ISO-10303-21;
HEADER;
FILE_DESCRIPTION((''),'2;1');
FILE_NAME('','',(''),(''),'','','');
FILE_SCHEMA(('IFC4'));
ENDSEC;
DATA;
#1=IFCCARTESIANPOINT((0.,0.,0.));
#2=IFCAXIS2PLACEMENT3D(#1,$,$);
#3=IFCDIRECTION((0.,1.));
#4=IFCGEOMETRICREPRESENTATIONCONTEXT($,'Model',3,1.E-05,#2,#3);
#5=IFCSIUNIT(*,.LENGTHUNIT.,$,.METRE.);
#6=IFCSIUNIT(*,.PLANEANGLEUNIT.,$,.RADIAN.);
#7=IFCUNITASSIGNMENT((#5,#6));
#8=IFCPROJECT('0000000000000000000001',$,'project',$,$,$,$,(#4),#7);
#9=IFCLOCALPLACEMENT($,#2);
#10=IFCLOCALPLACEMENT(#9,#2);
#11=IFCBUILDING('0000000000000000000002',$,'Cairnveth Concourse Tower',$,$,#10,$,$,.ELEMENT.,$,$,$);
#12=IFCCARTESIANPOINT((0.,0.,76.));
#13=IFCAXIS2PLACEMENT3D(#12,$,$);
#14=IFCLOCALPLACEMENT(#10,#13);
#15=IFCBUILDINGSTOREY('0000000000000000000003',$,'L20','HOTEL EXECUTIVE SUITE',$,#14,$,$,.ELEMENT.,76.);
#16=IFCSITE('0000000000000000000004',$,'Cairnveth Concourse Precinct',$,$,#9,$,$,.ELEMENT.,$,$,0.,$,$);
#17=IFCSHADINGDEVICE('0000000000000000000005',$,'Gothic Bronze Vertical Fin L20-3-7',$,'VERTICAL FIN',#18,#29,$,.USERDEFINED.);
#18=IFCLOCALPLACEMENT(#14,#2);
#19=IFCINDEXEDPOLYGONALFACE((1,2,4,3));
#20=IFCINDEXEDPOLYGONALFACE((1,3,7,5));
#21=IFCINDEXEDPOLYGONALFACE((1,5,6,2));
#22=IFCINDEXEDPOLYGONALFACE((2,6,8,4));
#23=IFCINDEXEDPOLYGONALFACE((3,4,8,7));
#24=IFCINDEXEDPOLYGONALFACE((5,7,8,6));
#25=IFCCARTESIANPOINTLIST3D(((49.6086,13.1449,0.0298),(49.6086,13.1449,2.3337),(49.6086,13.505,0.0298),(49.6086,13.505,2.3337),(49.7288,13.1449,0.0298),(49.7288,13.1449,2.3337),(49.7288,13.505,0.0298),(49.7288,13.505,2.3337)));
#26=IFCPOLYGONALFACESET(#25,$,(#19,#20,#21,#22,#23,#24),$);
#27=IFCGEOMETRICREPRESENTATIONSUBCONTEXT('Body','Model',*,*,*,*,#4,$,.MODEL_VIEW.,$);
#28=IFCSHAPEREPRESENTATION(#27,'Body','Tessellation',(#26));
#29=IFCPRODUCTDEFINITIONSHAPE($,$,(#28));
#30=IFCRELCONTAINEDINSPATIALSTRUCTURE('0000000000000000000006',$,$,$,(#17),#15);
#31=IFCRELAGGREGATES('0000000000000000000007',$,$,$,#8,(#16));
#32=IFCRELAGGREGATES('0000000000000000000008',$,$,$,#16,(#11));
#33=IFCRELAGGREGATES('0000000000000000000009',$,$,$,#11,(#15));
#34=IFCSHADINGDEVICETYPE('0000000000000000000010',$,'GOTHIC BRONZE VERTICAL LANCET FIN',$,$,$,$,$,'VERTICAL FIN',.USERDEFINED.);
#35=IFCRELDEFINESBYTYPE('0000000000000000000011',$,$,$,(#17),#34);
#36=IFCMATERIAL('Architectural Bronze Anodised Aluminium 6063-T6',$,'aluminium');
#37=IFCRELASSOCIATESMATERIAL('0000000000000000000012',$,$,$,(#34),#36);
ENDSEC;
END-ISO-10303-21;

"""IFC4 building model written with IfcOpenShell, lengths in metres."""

from ifc_helpers import new_model, si_unit, direction, frame, origin, origin_2d, place, context, subcontext, project, spatial, rectangle, extrude, material, type_object, element, save


model = new_model("IFC4")

# Units and contexts
model_context = context("Model", 3, precision=1e-05, world=origin(), true_north=direction((0.0, 1.0)))
body_context = subcontext(model_context, "Body", "Model", "MODEL_VIEW")
ifc_project = project(units=[si_unit("LENGTHUNIT", "METRE"), si_unit("PLANEANGLEUNIT", "RADIAN")], contexts=[model_context])

# Site, building, storey
site_placement = place(None, origin())
site = spatial("IfcSite", under=ifc_project, at=site_placement, Name="Cairnveth Concourse Precinct", CompositionType="ELEMENT", RefElevation=0.0)
building_placement = place(site_placement, origin())
building = spatial("IfcBuilding", under=site, at=building_placement, Name="Cairnveth Concourse Tower", CompositionType="ELEMENT")
storey_placement = place(building_placement, frame((0.0, 0.0, 76.0)))
storey = spatial("IfcBuildingStorey", under=building, at=storey_placement, Name="L20", Description="HOTEL EXECUTIVE SUITE", CompositionType="ELEMENT", Elevation=76.0)

# Shared definitions
ifc_material_1 = material(Name="Architectural Bronze Anodised Aluminium 6063-T6", Category="aluminium")

# Shading device
shading_device_type = type_object("IfcShadingDeviceType", Name="GOTHIC BRONZE VERTICAL LANCET FIN", ElementType="VERTICAL FIN", PredefinedType="USERDEFINED", material=ifc_material_1)
for number, where, z_axis, x_axis, name in (
    (1, (49.6687, 13.325, 0.0298), (0.0, 0.0, 1.0), (1.0, 0.0, 0.0), "Gothic Bronze Vertical Fin L20-3-7"),
):
    element("IfcShadingDevice", number, at=place(storey_placement, frame(where, z_axis=z_axis, x_axis=x_axis)), inside=storey, type_object=shading_device_type, Name=name, ObjectType="VERTICAL FIN", PredefinedType="USERDEFINED", context=body_context, shape_type="SweptSolid", body=[
        extrude(rectangle(XDim=0.1201, YDim=0.3601, at=origin_2d()), origin(), (0.0, 0.0, 1.0), 2.304),
    ])

save(model, "model.ifc")
